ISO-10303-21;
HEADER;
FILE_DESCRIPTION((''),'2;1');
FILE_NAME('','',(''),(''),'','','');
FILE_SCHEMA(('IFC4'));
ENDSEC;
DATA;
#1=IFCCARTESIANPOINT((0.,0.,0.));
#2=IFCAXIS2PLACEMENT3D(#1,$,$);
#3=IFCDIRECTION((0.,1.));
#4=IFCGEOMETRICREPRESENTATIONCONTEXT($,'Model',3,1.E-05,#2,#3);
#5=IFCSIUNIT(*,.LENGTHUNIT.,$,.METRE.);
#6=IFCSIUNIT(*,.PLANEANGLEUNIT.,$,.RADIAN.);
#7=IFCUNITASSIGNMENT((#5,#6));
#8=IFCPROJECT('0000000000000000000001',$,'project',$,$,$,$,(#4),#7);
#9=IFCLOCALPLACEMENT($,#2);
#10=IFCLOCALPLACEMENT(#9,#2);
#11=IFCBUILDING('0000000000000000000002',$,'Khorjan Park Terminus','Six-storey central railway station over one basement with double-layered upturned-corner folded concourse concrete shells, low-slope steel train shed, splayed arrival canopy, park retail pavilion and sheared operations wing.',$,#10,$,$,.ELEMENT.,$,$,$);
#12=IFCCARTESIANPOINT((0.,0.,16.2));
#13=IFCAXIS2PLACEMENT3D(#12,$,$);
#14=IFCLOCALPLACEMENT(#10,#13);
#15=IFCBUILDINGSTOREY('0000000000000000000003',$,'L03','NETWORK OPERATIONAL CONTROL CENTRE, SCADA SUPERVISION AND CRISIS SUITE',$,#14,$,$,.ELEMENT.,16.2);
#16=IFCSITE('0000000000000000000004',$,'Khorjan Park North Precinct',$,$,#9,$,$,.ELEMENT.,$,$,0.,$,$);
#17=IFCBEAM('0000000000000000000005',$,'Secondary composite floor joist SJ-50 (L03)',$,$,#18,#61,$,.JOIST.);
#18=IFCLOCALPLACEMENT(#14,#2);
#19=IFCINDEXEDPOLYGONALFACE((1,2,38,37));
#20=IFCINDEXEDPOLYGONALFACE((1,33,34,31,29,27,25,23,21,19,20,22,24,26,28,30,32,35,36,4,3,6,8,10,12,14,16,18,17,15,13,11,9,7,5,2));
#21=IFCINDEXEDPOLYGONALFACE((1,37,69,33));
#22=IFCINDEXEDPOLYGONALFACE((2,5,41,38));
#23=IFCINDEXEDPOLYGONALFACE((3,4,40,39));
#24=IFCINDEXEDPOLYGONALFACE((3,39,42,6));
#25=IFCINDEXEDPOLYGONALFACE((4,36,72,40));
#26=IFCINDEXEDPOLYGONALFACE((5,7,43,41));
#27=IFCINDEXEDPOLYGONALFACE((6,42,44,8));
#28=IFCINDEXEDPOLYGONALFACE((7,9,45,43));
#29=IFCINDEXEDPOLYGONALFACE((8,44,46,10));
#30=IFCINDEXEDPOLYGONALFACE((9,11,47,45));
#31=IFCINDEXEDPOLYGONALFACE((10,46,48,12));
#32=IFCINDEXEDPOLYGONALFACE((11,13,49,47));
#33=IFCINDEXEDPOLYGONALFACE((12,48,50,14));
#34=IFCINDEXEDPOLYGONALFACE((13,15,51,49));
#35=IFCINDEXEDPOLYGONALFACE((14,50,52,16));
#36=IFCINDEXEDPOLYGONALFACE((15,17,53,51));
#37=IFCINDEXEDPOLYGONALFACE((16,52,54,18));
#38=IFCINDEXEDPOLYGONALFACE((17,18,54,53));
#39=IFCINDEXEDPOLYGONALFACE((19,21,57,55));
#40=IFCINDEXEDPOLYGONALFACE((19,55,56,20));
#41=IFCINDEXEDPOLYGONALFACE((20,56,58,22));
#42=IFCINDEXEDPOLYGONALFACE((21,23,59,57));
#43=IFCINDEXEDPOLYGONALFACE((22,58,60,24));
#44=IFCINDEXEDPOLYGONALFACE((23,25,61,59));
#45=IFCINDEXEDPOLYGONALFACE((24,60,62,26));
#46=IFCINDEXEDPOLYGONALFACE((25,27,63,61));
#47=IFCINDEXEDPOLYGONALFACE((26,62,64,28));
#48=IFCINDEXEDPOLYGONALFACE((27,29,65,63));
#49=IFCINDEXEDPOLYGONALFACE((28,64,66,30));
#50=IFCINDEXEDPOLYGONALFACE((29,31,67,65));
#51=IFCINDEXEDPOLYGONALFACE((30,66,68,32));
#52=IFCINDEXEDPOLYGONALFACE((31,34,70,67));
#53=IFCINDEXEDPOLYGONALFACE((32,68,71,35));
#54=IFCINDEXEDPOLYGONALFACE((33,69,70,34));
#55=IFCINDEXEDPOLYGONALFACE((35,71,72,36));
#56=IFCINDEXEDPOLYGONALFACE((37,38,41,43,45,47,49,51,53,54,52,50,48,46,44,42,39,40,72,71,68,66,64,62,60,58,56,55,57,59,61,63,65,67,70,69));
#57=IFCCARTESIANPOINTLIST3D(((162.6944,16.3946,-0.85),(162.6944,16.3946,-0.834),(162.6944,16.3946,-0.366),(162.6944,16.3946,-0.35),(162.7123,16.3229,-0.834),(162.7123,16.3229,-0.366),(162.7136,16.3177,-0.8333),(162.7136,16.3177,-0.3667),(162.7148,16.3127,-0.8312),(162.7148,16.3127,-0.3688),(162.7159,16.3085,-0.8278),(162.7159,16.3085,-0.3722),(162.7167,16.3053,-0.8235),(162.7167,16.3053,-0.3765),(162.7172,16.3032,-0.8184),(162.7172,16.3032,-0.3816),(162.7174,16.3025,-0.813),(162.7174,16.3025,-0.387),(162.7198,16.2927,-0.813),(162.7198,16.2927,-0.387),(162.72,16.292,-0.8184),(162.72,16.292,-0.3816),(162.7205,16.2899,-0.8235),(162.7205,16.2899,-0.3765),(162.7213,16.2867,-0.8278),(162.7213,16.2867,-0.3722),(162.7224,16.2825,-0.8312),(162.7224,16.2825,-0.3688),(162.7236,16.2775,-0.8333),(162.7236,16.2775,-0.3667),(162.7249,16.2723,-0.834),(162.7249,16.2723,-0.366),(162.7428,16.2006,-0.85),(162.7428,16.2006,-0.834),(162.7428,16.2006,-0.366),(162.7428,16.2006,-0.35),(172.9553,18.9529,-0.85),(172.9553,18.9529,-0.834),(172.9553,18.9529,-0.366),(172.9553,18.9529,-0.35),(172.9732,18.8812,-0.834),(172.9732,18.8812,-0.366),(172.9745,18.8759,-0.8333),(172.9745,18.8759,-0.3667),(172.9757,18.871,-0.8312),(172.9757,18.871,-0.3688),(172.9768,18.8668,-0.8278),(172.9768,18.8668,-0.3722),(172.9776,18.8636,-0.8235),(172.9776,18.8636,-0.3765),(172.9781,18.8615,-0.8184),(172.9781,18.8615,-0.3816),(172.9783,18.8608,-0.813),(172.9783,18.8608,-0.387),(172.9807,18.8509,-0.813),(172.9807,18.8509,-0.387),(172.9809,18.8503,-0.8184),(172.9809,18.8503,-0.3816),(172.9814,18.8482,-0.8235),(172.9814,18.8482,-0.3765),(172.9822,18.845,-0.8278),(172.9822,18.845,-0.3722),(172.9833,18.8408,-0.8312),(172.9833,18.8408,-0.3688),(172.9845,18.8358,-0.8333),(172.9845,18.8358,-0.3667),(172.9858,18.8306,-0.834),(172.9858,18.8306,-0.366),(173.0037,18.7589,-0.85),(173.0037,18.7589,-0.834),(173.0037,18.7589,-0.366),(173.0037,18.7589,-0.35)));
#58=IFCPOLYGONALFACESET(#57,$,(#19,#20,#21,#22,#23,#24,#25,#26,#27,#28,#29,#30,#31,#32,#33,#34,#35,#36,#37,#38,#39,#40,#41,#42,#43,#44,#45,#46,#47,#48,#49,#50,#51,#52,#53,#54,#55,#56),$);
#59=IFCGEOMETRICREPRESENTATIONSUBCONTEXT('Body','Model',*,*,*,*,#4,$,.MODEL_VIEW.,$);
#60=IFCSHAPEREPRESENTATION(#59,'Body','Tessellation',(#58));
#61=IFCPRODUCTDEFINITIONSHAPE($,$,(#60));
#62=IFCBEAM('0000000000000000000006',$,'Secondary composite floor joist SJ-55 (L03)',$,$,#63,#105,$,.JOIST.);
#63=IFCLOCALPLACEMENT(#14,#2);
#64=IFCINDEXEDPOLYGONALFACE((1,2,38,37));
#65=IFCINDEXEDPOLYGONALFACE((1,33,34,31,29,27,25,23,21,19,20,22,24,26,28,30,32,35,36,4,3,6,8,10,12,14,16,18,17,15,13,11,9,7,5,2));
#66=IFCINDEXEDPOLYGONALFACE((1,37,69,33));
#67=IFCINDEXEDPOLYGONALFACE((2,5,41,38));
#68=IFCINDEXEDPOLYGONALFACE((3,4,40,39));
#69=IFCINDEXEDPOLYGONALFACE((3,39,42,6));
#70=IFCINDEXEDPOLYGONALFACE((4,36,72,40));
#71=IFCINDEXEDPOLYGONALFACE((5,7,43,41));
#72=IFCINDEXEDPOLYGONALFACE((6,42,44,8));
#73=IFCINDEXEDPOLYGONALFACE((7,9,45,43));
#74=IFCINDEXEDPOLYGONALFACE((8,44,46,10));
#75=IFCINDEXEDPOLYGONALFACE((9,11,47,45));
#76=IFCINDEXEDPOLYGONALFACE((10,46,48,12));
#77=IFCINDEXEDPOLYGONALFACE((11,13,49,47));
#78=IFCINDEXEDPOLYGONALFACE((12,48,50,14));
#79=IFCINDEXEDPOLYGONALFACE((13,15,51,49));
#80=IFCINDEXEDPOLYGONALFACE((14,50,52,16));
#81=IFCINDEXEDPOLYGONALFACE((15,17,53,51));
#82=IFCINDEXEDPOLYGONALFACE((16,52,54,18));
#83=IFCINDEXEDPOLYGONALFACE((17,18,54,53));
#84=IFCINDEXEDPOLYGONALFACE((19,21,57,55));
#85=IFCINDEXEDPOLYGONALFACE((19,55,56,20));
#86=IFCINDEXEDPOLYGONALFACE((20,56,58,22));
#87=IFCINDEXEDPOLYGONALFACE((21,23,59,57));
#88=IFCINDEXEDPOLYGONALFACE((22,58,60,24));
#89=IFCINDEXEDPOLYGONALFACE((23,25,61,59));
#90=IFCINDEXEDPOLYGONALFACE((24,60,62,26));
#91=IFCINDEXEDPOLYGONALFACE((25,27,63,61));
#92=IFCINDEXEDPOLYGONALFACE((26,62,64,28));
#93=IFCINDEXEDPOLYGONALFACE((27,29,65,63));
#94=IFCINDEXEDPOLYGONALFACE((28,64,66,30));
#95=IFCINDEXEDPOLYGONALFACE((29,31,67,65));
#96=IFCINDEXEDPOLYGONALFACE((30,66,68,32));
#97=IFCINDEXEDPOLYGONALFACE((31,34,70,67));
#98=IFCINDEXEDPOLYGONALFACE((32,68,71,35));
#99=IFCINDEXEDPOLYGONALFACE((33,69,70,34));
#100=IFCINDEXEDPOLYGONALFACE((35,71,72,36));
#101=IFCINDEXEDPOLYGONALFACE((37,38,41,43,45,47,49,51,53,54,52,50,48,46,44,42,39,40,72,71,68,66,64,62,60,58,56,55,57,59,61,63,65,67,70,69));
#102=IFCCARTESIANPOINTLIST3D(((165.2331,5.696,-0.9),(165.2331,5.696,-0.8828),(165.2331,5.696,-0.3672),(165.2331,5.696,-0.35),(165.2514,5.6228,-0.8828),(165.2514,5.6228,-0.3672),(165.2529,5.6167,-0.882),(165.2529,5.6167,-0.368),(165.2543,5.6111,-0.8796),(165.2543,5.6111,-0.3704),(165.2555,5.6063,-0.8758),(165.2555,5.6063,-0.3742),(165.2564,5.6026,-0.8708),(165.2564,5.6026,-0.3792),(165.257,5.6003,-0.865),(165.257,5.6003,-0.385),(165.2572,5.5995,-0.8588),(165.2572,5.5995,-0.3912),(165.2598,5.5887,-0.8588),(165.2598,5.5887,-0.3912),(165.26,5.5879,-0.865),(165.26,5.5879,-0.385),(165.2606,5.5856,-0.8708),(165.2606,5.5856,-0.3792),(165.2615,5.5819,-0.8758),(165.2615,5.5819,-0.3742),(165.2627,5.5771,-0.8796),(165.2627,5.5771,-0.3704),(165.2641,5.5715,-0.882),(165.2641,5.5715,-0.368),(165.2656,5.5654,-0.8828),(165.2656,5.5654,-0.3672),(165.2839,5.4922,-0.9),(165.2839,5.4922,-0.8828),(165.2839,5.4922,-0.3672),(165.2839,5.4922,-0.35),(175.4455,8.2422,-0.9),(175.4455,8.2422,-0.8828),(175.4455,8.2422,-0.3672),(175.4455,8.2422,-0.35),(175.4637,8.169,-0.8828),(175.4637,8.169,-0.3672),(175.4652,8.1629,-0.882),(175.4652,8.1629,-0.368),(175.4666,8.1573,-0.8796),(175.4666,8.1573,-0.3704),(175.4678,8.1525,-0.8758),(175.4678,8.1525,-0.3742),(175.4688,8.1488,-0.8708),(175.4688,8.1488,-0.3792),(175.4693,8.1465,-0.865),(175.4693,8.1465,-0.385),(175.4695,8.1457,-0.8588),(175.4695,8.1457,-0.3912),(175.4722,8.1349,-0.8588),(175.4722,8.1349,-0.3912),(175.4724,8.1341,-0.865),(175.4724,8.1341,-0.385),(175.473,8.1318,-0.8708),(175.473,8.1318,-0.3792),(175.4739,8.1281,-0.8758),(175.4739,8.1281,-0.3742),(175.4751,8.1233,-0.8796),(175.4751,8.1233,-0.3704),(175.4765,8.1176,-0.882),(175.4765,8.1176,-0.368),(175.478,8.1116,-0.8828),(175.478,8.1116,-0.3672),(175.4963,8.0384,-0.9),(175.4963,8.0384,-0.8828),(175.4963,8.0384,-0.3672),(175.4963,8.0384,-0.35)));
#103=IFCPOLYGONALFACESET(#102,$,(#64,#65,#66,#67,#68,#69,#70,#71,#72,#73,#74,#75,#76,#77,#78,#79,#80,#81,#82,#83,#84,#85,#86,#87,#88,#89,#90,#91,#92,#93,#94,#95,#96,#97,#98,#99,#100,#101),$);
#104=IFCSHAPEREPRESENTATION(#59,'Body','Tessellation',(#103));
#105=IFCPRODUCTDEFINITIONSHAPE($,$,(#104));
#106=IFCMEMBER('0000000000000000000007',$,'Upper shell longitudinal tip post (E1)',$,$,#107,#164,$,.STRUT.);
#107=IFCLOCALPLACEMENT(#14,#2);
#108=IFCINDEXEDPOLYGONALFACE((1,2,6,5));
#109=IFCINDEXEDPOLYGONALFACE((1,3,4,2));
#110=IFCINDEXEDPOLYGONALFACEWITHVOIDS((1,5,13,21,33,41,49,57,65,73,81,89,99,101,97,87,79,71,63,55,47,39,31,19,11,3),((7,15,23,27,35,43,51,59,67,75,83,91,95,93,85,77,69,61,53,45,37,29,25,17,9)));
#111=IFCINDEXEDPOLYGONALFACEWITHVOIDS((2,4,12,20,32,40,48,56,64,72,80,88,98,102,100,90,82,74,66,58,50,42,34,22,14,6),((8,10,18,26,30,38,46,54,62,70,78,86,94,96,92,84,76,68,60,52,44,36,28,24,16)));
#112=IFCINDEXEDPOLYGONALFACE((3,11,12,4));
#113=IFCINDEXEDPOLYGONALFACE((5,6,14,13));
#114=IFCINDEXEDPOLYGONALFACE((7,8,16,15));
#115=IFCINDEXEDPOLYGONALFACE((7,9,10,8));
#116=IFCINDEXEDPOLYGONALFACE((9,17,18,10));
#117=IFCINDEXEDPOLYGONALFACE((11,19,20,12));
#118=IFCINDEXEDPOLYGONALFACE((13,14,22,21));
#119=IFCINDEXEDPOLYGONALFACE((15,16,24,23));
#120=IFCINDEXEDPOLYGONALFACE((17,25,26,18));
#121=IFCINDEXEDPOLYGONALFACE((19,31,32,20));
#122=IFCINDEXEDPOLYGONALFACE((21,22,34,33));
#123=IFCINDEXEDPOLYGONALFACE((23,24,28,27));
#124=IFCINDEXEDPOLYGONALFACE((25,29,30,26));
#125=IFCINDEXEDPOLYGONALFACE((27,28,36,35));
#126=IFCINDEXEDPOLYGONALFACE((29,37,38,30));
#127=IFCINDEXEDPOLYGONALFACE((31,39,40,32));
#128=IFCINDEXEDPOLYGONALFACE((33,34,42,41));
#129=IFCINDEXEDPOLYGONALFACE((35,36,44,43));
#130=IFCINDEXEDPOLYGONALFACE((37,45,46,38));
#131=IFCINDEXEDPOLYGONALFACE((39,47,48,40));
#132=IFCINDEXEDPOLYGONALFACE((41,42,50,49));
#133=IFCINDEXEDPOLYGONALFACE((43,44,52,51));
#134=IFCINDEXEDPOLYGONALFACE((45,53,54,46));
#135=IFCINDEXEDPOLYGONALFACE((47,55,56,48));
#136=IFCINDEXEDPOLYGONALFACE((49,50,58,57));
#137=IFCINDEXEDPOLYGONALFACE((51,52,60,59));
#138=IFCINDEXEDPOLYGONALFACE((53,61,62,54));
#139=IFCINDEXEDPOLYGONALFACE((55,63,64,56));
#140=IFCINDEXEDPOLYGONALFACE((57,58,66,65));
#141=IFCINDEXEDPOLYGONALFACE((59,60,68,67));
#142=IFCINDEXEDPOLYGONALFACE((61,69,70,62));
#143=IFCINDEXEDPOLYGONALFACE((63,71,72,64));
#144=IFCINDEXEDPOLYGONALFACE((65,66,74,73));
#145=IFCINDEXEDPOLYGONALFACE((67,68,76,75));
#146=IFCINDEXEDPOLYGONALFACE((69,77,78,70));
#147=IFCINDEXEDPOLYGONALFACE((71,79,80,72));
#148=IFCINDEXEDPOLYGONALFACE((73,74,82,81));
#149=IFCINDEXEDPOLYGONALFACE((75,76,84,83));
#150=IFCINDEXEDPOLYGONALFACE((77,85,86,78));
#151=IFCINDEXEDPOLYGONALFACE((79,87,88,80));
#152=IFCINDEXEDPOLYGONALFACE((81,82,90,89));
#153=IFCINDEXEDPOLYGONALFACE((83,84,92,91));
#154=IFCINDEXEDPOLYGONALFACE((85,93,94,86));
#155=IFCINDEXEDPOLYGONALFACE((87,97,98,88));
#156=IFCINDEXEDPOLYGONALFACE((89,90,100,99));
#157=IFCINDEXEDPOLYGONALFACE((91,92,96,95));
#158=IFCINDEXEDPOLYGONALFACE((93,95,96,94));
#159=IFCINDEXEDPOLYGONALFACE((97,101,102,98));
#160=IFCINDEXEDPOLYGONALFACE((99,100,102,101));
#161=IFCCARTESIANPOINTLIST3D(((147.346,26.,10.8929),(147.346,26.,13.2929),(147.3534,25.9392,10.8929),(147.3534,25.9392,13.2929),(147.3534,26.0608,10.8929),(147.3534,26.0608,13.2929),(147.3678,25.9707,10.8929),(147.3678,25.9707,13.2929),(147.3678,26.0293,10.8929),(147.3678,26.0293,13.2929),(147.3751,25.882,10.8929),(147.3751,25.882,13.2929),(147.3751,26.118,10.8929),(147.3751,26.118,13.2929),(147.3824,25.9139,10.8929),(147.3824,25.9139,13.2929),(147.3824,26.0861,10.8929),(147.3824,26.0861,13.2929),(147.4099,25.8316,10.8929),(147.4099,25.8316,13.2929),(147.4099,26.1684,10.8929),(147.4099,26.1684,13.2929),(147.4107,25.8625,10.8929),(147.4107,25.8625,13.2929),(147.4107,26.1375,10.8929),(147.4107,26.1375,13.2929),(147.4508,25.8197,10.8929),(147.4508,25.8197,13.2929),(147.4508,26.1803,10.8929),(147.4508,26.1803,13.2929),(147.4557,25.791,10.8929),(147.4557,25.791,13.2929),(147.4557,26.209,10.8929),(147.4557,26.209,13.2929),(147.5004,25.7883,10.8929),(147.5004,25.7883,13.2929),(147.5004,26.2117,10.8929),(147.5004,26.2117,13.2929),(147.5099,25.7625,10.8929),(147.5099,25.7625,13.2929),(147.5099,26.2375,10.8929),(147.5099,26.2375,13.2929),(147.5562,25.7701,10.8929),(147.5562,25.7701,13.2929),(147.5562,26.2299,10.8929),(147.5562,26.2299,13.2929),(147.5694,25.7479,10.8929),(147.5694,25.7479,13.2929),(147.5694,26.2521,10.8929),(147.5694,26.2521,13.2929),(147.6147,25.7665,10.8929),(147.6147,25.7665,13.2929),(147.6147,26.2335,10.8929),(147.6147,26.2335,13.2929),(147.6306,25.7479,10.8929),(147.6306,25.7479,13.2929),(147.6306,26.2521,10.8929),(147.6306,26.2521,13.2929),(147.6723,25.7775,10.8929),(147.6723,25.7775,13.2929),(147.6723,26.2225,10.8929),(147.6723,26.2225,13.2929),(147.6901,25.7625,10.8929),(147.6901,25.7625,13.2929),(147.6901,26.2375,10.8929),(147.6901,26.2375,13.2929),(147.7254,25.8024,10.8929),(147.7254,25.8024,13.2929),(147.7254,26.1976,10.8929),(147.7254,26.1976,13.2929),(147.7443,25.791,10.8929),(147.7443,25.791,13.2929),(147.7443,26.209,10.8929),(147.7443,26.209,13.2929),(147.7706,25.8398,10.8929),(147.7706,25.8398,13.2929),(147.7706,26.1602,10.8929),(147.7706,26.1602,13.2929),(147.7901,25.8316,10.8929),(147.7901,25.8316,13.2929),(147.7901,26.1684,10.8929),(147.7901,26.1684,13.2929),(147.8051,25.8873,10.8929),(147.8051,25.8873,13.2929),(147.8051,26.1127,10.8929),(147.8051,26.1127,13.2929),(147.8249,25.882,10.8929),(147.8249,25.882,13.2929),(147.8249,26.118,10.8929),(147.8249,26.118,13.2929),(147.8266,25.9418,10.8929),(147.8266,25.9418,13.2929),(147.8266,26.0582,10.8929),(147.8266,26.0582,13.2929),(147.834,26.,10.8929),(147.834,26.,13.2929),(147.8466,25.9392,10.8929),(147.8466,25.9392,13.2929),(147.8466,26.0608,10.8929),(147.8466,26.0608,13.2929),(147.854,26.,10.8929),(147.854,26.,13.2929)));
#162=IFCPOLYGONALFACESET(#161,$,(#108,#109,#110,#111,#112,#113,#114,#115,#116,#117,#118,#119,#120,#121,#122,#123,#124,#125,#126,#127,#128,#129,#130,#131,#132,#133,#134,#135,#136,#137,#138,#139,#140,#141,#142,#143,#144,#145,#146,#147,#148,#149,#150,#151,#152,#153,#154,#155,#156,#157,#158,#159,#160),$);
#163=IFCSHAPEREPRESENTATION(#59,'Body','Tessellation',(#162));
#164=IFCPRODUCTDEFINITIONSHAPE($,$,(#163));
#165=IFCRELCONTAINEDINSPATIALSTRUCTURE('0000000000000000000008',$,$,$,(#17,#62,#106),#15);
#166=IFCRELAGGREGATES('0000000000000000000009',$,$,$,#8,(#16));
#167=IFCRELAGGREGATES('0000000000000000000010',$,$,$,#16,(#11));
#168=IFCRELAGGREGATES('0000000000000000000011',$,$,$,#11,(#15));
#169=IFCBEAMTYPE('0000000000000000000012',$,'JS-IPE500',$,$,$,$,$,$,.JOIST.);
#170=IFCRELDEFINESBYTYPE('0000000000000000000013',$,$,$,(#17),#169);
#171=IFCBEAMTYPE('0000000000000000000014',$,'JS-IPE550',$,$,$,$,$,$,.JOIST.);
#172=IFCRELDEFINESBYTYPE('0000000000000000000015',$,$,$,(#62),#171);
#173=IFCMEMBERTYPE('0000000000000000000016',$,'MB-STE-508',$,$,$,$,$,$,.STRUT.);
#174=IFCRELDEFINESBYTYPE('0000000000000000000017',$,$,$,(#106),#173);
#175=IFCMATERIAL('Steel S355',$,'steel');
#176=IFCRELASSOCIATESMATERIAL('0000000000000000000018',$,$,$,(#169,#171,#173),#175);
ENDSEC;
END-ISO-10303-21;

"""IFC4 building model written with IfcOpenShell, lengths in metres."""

from ifc_helpers import new_model, si_unit, direction, frame, origin, origin_2d, place, context, subcontext, project, spatial, hollow_circle, i_section, extrude, material, material_profile, profile_set, type_object, element, save


model = new_model("IFC4")

# Units and contexts
model_context = context("Model", 3, precision=1e-05, world=origin(), true_north=direction((0.0, 1.0)))
body_context = subcontext(model_context, "Body", "Model", "MODEL_VIEW")
ifc_project = project(units=[si_unit("LENGTHUNIT", "METRE"), si_unit("PLANEANGLEUNIT", "RADIAN")], contexts=[model_context])

# Site, building, storey
site_placement = place(None, origin())
site = spatial("IfcSite", under=ifc_project, at=site_placement, Name="Khorjan Park North Precinct", CompositionType="ELEMENT", RefElevation=0.0)
building_placement = place(site_placement, origin())
building = spatial("IfcBuilding", under=site, at=building_placement, Name="Khorjan Park Terminus", Description="Six-storey central railway station over one basement with double-layered upturned-corner folded concourse concrete shells, low-slope steel train shed, splayed arrival canopy, park retail pavilion and sheared operations wing.", CompositionType="ELEMENT")
storey_placement = place(building_placement, frame((0.0, 0.0, 16.2)))
storey = spatial("IfcBuildingStorey", under=building, at=storey_placement, Name="L03", Description="NETWORK OPERATIONAL CONTROL CENTRE, SCADA SUPERVISION AND CRISIS SUITE", CompositionType="ELEMENT", Elevation=16.2)

# Beams
ifc_material_1 = material(Name="Steel S355", Category="steel")
ifc_material_profile_1 = material_profile(ifc_material_1, i_section(OverallWidth=0.2, OverallDepth=0.5, WebThickness=0.0102, FlangeThickness=0.016, FilletRadius=0.021, at=origin_2d()), Name="IPE 500")
ifc_profile_set_1 = profile_set([ifc_material_profile_1], Name="Steel S355")
beam_type_1 = type_object("IfcBeamType", Name="JS-IPE500", PredefinedType="JOIST", material=ifc_profile_set_1)
beam_1_placement = place(storey_placement, frame((162.7186, 16.2976, -0.6), z_axis=(0.970296, 0.241919, 0.0), x_axis=(-0.241919, 0.970296, 0.0)))
element("IfcBeam", 1, at=beam_1_placement, inside=storey, type_object=beam_type_1, Name="Secondary composite floor joist SJ-50 (L03)", PredefinedType="JOIST", context=body_context, shape_type="SweptSolid", body=[
    extrude(i_section(OverallWidth=0.2, OverallDepth=0.5, WebThickness=0.0102, FlangeThickness=0.016, FilletRadius=0.021, at=origin_2d()), origin(), (0.0, 0.0, 1.0), 10.575),
])
ifc_material_profile_2 = material_profile(ifc_material_1, i_section(OverallWidth=0.21, OverallDepth=0.55, WebThickness=0.0111, FlangeThickness=0.0172, FilletRadius=0.024, at=origin_2d()), Name="IPE 550")
ifc_profile_set_2 = profile_set([ifc_material_profile_2], Name="Steel S355")
beam_type_2 = type_object("IfcBeamType", Name="JS-IPE550", PredefinedType="JOIST", material=ifc_profile_set_2)
beam_2_placement = place(storey_placement, frame((165.2585, 5.5941, -0.625), z_axis=(0.970297, 0.241919, 0.0), x_axis=(-0.241919, 0.970297, 0.0)))
element("IfcBeam", 2, at=beam_2_placement, inside=storey, type_object=beam_type_2, Name="Secondary composite floor joist SJ-55 (L03)", PredefinedType="JOIST", context=body_context, shape_type="SweptSolid", body=[
    extrude(i_section(OverallWidth=0.21, OverallDepth=0.55, WebThickness=0.0111, FlangeThickness=0.0172, FilletRadius=0.024, at=origin_2d()), origin(), (0.0, 0.0, 1.0), 10.525),
])

# Member
ifc_material_profile_3 = material_profile(ifc_material_1, hollow_circle(Radius=0.254, WallThickness=0.02, at=origin_2d()), Name="CHS 508x20")
ifc_profile_set_3 = profile_set([ifc_material_profile_3], Name="Steel S355")
member_type = type_object("IfcMemberType", Name="MB-STE-508", PredefinedType="STRUT", material=ifc_profile_set_3)
member_placement = place(storey_placement, frame((147.6, 26.0, 10.8929), z_axis=(0.0, 0.0, 1.0), x_axis=(1.0, 0.0, 0.0)))
element("IfcMember", 3, at=member_placement, inside=storey, type_object=member_type, Name="Upper shell longitudinal tip post (E1)", PredefinedType="STRUT", context=body_context, shape_type="SweptSolid", body=[
    extrude(hollow_circle(Radius=0.254, WallThickness=0.02, at=origin_2d()), origin(), (0.0, 0.0, 1.0), 2.4),
])

save(model, "model.ifc")
